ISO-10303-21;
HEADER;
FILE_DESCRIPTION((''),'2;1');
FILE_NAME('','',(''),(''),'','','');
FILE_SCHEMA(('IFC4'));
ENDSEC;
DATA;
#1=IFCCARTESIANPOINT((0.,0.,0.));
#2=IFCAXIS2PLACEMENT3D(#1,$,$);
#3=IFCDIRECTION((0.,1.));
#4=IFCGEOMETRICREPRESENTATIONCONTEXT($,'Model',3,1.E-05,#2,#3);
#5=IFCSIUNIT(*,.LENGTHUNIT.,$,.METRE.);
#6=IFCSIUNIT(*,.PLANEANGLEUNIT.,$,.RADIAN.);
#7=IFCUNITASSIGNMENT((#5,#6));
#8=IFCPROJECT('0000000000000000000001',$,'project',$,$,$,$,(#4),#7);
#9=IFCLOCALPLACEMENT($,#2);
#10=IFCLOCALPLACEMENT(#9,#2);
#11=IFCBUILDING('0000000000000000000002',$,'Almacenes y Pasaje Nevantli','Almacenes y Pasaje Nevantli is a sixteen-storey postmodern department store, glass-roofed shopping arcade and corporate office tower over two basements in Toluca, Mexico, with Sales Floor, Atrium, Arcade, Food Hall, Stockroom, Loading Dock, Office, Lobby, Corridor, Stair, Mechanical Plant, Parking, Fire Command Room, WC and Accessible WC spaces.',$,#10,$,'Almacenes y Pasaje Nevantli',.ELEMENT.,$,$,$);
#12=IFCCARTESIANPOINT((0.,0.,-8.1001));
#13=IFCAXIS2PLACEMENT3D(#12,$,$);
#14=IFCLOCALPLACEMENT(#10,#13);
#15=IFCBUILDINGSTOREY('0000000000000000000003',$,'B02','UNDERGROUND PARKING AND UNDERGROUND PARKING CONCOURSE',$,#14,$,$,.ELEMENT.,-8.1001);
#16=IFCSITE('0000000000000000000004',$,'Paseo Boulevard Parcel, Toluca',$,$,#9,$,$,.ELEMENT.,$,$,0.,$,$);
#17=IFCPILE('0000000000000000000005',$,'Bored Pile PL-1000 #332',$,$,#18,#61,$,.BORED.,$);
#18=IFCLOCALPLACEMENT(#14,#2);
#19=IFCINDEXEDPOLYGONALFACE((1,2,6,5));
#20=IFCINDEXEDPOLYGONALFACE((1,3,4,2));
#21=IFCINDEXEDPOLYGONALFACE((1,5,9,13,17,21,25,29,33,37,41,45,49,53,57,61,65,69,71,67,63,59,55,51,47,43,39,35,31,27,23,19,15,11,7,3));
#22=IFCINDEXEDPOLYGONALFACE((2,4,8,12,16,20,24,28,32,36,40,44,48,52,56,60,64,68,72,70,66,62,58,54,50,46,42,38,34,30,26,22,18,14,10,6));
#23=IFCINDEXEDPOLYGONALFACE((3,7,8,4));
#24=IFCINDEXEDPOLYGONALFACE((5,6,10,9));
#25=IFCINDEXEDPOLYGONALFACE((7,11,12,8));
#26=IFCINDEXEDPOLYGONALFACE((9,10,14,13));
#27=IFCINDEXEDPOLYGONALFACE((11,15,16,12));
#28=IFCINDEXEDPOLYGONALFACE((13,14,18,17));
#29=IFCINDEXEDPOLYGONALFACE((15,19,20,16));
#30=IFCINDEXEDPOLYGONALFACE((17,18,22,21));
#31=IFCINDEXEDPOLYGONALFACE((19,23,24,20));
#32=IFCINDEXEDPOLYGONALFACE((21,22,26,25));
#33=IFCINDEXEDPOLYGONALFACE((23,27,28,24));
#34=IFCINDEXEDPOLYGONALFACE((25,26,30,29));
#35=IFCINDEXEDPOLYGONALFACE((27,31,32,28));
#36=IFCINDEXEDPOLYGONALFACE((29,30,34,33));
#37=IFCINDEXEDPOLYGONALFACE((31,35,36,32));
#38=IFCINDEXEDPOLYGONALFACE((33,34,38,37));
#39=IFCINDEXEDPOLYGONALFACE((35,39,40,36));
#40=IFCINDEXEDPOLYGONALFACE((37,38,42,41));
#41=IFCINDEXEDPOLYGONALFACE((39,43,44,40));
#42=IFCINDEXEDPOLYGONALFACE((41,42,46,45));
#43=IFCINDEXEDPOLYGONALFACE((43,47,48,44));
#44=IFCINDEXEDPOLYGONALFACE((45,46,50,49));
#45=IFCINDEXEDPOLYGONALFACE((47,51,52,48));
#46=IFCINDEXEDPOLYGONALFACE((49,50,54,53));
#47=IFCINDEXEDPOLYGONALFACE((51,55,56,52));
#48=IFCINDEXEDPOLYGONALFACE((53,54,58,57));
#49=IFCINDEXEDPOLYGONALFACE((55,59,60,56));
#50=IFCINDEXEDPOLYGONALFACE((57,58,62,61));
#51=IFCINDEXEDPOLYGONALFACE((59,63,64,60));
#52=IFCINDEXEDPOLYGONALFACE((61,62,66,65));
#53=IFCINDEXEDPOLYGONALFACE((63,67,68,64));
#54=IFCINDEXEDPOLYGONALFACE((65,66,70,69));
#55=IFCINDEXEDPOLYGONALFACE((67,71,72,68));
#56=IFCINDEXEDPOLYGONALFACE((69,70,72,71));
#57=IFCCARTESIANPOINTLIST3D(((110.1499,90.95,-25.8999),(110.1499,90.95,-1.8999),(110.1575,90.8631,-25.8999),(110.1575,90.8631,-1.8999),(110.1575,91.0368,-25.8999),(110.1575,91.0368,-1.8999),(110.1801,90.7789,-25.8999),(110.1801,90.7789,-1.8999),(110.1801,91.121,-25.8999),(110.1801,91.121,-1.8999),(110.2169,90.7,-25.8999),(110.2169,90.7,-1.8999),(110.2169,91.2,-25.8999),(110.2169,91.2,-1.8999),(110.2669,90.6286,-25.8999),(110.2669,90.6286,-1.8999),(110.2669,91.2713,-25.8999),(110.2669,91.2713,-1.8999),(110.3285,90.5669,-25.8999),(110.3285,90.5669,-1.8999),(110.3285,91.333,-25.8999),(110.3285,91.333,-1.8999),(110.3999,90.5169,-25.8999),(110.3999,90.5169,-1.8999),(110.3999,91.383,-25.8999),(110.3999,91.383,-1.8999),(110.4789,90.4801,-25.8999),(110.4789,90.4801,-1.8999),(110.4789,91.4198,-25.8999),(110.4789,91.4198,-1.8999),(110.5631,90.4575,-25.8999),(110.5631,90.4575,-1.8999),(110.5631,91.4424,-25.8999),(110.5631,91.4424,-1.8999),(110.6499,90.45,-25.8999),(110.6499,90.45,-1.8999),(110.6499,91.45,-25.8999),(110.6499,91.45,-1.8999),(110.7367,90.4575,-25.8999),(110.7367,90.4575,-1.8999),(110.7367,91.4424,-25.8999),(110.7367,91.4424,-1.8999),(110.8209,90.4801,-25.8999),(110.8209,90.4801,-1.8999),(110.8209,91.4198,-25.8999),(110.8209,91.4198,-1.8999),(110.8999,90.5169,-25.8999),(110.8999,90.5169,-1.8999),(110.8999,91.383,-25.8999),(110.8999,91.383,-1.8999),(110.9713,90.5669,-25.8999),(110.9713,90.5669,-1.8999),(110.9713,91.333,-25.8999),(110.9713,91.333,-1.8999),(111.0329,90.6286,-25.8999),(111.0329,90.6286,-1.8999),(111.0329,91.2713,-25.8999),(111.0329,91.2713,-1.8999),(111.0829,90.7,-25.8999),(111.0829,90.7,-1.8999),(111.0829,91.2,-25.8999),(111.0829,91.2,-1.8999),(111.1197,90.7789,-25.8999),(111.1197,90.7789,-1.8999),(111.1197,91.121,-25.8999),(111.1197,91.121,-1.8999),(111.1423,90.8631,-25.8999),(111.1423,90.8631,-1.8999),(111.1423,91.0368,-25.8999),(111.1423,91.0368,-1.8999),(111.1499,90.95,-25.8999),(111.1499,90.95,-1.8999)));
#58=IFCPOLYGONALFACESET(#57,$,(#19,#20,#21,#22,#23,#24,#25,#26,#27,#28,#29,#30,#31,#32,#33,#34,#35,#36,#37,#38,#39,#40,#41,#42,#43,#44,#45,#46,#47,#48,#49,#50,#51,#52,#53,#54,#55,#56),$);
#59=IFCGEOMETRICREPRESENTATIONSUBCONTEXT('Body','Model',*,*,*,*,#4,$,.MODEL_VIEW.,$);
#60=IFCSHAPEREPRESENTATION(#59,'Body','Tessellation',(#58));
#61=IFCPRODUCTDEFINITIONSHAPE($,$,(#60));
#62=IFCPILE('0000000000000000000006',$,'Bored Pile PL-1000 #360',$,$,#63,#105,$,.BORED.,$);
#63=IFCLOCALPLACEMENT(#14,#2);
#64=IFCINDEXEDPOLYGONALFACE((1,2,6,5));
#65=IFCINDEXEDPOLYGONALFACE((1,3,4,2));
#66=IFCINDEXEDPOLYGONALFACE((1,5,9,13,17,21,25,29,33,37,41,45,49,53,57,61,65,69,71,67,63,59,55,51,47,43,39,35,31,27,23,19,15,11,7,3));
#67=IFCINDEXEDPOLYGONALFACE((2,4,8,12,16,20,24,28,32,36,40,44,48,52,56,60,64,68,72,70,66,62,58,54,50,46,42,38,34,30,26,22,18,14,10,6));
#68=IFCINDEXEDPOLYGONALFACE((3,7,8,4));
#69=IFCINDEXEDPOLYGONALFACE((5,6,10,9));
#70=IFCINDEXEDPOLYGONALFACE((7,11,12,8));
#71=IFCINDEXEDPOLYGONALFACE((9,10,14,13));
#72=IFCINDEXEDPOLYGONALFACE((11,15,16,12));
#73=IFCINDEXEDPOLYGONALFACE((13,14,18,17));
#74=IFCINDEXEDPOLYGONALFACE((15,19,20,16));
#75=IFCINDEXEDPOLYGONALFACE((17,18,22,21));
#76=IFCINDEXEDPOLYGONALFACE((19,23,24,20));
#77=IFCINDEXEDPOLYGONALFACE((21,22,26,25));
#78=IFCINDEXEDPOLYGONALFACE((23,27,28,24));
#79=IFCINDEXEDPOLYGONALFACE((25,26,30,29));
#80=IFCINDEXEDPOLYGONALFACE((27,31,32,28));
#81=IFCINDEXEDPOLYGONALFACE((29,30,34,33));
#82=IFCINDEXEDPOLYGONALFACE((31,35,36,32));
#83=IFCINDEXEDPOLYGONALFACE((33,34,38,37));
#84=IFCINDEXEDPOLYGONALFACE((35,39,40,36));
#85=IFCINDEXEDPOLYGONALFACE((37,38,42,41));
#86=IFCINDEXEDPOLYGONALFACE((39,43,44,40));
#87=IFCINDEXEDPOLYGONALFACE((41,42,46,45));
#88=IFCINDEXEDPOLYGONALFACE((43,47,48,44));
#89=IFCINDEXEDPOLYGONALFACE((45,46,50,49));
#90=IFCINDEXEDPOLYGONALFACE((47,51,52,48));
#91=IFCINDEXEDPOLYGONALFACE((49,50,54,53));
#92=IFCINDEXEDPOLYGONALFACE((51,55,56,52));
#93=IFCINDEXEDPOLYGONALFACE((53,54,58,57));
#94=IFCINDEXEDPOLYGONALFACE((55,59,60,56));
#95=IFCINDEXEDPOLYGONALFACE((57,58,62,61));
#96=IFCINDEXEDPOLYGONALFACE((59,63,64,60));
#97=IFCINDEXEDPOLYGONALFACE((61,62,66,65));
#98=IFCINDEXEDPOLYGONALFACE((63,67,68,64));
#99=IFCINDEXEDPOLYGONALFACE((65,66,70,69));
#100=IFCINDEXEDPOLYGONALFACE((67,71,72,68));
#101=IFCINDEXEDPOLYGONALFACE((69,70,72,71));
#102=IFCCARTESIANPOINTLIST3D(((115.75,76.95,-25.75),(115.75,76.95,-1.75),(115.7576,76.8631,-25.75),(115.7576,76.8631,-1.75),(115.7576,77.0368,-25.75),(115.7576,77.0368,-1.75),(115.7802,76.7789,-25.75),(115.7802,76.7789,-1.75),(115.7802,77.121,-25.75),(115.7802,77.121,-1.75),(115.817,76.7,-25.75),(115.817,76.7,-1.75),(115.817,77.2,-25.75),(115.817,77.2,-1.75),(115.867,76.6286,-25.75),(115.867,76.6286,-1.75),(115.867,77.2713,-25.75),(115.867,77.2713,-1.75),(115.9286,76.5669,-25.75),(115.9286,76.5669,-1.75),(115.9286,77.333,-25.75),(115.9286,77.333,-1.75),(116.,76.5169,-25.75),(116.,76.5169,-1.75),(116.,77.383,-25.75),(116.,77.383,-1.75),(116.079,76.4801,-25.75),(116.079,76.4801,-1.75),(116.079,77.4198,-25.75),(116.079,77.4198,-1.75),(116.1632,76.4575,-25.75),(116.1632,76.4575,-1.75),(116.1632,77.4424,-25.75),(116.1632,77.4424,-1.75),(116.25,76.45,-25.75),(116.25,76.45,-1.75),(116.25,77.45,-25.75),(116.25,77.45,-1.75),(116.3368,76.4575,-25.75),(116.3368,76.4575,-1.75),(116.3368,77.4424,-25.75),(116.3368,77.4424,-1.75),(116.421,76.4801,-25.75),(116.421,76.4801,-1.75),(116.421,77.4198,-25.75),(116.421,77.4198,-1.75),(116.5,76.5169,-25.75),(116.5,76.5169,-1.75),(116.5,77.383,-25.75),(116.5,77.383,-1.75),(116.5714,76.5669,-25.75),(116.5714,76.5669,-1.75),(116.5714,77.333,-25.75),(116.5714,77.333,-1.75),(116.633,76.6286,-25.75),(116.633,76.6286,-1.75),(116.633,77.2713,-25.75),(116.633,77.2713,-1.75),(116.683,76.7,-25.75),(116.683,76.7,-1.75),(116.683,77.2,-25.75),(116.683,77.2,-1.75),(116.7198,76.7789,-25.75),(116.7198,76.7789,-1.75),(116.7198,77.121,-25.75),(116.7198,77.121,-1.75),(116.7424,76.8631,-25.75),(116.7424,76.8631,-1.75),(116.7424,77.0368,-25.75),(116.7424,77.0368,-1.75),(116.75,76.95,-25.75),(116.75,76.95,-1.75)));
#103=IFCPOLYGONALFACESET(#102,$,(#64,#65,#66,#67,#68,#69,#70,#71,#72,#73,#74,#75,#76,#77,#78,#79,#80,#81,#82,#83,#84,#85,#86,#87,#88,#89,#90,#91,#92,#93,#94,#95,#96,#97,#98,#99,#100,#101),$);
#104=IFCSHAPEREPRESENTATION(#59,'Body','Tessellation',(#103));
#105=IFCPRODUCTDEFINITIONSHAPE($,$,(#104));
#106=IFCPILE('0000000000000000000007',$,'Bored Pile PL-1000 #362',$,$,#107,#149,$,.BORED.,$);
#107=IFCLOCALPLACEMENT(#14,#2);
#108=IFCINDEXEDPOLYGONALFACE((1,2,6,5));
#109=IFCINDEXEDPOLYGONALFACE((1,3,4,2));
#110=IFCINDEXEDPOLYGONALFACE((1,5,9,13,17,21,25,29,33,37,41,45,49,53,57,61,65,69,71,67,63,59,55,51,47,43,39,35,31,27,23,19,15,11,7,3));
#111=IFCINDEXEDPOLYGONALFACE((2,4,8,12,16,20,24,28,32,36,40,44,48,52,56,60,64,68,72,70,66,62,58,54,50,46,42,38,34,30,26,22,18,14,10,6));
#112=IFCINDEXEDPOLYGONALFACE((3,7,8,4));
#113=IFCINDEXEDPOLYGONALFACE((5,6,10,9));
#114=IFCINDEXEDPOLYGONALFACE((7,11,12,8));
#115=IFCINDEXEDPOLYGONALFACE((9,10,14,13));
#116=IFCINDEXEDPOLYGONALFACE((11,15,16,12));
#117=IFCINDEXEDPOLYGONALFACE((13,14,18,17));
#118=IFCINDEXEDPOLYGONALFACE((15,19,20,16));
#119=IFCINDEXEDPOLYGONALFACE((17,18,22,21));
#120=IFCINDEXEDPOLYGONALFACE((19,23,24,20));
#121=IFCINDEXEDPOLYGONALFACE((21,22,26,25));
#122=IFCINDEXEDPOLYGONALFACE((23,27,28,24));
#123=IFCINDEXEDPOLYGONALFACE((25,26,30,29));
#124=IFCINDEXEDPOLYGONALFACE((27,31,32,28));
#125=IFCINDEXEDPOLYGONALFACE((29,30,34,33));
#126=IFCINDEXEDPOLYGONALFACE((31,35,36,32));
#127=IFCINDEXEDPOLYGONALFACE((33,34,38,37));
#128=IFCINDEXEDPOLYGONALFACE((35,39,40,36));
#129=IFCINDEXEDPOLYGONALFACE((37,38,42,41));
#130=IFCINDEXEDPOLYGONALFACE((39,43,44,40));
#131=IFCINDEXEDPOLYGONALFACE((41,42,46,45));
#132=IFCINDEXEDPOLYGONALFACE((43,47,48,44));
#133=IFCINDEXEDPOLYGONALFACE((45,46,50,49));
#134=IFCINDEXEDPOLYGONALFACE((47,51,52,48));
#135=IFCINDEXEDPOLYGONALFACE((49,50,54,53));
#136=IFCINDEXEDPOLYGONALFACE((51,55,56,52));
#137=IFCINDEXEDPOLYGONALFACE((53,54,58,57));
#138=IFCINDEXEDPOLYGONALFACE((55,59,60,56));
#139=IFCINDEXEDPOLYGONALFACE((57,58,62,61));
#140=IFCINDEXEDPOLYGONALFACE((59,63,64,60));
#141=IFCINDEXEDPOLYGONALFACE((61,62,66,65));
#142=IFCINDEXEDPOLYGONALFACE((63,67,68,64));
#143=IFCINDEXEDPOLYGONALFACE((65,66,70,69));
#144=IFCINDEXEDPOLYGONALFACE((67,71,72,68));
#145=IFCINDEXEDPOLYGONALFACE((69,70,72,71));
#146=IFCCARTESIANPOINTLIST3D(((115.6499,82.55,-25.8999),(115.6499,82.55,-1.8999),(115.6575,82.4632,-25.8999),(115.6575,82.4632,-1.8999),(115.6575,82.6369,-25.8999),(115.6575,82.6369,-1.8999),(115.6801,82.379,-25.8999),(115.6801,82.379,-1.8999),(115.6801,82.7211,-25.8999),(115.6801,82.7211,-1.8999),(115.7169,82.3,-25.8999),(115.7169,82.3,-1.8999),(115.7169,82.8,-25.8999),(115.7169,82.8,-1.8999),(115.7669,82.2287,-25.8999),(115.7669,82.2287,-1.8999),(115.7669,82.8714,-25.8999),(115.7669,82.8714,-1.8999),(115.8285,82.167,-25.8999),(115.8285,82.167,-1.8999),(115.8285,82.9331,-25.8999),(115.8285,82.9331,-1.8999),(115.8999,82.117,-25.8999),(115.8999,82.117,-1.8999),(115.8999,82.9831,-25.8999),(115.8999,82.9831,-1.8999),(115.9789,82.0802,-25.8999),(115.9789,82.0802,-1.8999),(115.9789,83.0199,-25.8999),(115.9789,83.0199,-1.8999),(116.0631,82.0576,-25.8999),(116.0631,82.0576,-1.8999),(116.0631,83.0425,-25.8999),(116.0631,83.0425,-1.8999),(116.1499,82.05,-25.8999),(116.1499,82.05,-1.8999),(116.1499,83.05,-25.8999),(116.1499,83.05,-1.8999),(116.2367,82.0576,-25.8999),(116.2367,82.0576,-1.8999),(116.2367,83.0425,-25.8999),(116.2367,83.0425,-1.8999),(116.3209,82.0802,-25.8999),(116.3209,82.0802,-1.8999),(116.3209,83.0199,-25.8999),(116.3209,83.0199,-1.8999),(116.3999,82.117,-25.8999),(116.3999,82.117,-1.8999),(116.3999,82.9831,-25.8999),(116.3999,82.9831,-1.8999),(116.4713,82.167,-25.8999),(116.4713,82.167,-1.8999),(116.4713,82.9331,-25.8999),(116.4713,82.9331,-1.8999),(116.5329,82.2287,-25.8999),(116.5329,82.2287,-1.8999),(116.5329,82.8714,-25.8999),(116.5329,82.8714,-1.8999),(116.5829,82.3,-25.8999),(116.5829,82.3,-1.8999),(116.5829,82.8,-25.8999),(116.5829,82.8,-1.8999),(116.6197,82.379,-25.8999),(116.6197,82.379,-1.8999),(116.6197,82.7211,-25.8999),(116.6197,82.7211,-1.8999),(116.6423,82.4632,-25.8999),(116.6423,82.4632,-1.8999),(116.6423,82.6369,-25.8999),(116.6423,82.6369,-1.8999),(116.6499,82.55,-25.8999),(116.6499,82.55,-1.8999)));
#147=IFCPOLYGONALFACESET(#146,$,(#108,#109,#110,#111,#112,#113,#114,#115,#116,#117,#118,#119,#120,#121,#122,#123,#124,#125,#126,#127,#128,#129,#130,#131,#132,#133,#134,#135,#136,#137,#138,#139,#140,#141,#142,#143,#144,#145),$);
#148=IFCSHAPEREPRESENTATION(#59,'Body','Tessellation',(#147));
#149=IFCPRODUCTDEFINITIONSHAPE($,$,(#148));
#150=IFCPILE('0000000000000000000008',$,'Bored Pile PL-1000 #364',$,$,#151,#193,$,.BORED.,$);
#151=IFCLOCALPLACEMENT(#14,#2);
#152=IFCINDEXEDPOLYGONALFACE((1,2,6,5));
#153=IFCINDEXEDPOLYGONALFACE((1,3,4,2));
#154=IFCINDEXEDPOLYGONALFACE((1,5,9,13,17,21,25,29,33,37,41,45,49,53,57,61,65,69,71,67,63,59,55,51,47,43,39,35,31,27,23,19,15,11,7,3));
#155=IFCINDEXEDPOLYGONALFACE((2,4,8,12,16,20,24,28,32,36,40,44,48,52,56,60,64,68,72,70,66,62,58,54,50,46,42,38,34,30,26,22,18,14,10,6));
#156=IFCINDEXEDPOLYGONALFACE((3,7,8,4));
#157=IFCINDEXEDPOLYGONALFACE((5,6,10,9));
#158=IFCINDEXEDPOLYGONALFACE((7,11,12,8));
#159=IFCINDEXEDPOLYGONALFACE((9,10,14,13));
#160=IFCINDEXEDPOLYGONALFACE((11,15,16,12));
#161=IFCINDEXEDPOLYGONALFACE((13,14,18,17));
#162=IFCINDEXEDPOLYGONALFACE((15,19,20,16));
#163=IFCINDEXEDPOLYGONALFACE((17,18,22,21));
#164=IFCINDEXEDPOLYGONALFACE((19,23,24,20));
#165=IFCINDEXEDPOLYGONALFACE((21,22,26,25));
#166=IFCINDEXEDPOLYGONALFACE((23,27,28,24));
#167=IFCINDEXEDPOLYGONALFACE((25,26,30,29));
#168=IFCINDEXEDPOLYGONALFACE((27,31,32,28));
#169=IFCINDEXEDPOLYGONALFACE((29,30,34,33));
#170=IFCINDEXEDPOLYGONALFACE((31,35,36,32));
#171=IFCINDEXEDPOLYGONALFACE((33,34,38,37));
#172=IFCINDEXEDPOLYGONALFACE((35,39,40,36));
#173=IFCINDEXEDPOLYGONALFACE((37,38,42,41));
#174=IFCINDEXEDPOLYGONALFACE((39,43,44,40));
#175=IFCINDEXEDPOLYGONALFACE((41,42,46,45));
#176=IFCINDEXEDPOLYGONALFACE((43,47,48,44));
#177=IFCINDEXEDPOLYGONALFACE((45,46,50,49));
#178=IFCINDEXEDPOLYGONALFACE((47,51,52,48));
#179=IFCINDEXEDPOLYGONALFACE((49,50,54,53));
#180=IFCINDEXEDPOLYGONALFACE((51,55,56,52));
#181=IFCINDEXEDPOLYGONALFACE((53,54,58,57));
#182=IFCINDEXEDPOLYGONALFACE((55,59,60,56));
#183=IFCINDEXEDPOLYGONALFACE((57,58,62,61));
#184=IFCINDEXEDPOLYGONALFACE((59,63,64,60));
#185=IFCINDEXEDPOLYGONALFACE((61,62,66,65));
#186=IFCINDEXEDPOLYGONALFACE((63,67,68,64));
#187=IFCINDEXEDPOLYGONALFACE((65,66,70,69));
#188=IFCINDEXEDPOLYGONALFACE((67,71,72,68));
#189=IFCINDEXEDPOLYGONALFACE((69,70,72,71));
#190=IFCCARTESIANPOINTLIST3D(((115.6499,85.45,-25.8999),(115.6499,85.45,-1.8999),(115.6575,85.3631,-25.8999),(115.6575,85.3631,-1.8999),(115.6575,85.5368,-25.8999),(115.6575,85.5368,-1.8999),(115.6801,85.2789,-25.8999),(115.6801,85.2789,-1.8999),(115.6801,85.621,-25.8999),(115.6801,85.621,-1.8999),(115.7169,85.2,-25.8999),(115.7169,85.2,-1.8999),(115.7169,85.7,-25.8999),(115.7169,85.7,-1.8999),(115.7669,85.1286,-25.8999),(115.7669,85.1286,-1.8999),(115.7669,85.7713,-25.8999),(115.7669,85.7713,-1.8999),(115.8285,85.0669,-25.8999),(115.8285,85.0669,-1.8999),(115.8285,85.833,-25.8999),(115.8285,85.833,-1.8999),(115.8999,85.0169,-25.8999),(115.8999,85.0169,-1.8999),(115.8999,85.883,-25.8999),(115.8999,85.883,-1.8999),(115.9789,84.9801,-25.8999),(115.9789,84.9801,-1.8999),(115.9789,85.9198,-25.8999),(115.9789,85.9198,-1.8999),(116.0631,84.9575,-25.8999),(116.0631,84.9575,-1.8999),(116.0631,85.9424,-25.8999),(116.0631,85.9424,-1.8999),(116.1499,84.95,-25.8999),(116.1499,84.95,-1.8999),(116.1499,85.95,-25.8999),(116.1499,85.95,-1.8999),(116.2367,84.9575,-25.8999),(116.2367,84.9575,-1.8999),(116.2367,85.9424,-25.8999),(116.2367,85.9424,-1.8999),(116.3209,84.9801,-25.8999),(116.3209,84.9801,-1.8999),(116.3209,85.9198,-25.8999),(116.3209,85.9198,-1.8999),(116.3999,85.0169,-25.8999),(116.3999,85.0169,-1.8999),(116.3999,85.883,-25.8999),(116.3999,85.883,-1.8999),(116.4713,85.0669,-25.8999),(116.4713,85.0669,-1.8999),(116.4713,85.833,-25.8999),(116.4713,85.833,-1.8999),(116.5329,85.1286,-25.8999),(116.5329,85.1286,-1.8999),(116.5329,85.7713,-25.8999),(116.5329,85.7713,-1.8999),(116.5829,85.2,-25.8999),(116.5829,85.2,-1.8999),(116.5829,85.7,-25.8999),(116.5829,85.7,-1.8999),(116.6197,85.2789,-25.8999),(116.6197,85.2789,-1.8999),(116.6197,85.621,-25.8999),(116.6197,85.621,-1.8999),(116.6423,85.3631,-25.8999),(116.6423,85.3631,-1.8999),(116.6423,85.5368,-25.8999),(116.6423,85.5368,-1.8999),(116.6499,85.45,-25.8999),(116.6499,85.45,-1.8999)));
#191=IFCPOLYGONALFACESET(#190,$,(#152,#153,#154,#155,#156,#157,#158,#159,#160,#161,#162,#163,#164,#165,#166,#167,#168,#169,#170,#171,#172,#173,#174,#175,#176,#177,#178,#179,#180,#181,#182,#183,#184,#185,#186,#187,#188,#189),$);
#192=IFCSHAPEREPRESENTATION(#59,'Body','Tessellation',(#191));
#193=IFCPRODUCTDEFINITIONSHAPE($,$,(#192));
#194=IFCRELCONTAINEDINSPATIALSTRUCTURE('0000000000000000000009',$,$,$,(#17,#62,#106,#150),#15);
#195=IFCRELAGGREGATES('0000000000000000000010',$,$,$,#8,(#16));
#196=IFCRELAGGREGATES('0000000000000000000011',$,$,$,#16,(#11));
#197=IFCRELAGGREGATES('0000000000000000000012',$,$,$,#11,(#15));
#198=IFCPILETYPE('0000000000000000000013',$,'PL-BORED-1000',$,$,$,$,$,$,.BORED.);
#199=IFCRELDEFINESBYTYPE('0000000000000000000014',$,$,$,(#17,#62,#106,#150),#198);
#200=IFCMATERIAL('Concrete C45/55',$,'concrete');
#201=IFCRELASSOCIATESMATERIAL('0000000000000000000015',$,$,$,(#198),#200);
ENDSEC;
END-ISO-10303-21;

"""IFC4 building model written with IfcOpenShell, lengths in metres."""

from ifc_helpers import new_model, si_unit, direction, frame, origin, origin_2d, place, context, subcontext, project, spatial, circle, extrude, material, material_profile, profile_set, type_object, element, save


model = new_model("IFC4")

# Units and contexts
model_context = context("Model", 3, precision=1e-05, world=origin(), true_north=direction((0.0, 1.0)))
body_context = subcontext(model_context, "Body", "Model", "MODEL_VIEW")
ifc_project = project(units=[si_unit("LENGTHUNIT", "METRE"), si_unit("PLANEANGLEUNIT", "RADIAN")], contexts=[model_context])

# Site, building, storey
site_placement = place(None, origin())
site = spatial("IfcSite", under=ifc_project, at=site_placement, Name="Paseo Boulevard Parcel, Toluca", CompositionType="ELEMENT", RefElevation=0.0)
building_placement = place(site_placement, origin())
building = spatial("IfcBuilding", under=site, at=building_placement, Name="Almacenes y Pasaje Nevantli", Description="Almacenes y Pasaje Nevantli is a sixteen-storey postmodern department store, glass-roofed shopping arcade and corporate office tower over two basements in Toluca, Mexico, with Sales Floor, Atrium, Arcade, Food Hall, Stockroom, Loading Dock, Office, Lobby, Corridor, Stair, Mechanical Plant, Parking, Fire Command Room, WC and Accessible WC spaces.", LongName="Almacenes y Pasaje Nevantli", CompositionType="ELEMENT")
storey_placement = place(building_placement, frame((0.0, 0.0, -8.1001)))
storey = spatial("IfcBuildingStorey", under=building, at=storey_placement, Name="B02", Description="UNDERGROUND PARKING AND UNDERGROUND PARKING CONCOURSE", CompositionType="ELEMENT", Elevation=-8.1001)

# Piles
ifc_material_1 = material(Name="Concrete C45/55", Category="concrete")
ifc_material_profile_1 = material_profile(ifc_material_1, circle(Radius=0.5, at=origin_2d()), Name="RC-PILE-D1000")
ifc_profile_set_1 = profile_set([ifc_material_profile_1], Name="Concrete C45/55")
pile_type = type_object("IfcPileType", Name="PL-BORED-1000", PredefinedType="BORED", material=ifc_profile_set_1)
for number, where, z_axis, x_axis, name in (
    (1, (110.6499, 90.95, -1.8999), (0.0, 0.0, -1.0), (1.0, 0.0, 0.0), "Bored Pile PL-1000 #332"),
    (2, (116.25, 76.95, -1.75), (0.0, 0.0, -1.0), (1.0, 0.0, 0.0), "Bored Pile PL-1000 #360"),
    (3, (116.1499, 82.55, -1.8999), (0.0, 0.0, -1.0), (1.0, 0.0, 0.0), "Bored Pile PL-1000 #362"),
    (4, (116.1499, 85.45, -1.8999), (0.0, 0.0, -1.0), (1.0, 0.0, 0.0), "Bored Pile PL-1000 #364"),
):
    element("IfcPile", number, at=place(storey_placement, frame(where, z_axis=z_axis, x_axis=x_axis)), inside=storey, type_object=pile_type, Name=name, PredefinedType="BORED", context=body_context, shape_type="SweptSolid", body=[
        extrude(circle(Radius=0.5, at=origin_2d()), origin(), (0.0, 0.0, 1.0), 24.0),
    ])

save(model, "model.ifc")
